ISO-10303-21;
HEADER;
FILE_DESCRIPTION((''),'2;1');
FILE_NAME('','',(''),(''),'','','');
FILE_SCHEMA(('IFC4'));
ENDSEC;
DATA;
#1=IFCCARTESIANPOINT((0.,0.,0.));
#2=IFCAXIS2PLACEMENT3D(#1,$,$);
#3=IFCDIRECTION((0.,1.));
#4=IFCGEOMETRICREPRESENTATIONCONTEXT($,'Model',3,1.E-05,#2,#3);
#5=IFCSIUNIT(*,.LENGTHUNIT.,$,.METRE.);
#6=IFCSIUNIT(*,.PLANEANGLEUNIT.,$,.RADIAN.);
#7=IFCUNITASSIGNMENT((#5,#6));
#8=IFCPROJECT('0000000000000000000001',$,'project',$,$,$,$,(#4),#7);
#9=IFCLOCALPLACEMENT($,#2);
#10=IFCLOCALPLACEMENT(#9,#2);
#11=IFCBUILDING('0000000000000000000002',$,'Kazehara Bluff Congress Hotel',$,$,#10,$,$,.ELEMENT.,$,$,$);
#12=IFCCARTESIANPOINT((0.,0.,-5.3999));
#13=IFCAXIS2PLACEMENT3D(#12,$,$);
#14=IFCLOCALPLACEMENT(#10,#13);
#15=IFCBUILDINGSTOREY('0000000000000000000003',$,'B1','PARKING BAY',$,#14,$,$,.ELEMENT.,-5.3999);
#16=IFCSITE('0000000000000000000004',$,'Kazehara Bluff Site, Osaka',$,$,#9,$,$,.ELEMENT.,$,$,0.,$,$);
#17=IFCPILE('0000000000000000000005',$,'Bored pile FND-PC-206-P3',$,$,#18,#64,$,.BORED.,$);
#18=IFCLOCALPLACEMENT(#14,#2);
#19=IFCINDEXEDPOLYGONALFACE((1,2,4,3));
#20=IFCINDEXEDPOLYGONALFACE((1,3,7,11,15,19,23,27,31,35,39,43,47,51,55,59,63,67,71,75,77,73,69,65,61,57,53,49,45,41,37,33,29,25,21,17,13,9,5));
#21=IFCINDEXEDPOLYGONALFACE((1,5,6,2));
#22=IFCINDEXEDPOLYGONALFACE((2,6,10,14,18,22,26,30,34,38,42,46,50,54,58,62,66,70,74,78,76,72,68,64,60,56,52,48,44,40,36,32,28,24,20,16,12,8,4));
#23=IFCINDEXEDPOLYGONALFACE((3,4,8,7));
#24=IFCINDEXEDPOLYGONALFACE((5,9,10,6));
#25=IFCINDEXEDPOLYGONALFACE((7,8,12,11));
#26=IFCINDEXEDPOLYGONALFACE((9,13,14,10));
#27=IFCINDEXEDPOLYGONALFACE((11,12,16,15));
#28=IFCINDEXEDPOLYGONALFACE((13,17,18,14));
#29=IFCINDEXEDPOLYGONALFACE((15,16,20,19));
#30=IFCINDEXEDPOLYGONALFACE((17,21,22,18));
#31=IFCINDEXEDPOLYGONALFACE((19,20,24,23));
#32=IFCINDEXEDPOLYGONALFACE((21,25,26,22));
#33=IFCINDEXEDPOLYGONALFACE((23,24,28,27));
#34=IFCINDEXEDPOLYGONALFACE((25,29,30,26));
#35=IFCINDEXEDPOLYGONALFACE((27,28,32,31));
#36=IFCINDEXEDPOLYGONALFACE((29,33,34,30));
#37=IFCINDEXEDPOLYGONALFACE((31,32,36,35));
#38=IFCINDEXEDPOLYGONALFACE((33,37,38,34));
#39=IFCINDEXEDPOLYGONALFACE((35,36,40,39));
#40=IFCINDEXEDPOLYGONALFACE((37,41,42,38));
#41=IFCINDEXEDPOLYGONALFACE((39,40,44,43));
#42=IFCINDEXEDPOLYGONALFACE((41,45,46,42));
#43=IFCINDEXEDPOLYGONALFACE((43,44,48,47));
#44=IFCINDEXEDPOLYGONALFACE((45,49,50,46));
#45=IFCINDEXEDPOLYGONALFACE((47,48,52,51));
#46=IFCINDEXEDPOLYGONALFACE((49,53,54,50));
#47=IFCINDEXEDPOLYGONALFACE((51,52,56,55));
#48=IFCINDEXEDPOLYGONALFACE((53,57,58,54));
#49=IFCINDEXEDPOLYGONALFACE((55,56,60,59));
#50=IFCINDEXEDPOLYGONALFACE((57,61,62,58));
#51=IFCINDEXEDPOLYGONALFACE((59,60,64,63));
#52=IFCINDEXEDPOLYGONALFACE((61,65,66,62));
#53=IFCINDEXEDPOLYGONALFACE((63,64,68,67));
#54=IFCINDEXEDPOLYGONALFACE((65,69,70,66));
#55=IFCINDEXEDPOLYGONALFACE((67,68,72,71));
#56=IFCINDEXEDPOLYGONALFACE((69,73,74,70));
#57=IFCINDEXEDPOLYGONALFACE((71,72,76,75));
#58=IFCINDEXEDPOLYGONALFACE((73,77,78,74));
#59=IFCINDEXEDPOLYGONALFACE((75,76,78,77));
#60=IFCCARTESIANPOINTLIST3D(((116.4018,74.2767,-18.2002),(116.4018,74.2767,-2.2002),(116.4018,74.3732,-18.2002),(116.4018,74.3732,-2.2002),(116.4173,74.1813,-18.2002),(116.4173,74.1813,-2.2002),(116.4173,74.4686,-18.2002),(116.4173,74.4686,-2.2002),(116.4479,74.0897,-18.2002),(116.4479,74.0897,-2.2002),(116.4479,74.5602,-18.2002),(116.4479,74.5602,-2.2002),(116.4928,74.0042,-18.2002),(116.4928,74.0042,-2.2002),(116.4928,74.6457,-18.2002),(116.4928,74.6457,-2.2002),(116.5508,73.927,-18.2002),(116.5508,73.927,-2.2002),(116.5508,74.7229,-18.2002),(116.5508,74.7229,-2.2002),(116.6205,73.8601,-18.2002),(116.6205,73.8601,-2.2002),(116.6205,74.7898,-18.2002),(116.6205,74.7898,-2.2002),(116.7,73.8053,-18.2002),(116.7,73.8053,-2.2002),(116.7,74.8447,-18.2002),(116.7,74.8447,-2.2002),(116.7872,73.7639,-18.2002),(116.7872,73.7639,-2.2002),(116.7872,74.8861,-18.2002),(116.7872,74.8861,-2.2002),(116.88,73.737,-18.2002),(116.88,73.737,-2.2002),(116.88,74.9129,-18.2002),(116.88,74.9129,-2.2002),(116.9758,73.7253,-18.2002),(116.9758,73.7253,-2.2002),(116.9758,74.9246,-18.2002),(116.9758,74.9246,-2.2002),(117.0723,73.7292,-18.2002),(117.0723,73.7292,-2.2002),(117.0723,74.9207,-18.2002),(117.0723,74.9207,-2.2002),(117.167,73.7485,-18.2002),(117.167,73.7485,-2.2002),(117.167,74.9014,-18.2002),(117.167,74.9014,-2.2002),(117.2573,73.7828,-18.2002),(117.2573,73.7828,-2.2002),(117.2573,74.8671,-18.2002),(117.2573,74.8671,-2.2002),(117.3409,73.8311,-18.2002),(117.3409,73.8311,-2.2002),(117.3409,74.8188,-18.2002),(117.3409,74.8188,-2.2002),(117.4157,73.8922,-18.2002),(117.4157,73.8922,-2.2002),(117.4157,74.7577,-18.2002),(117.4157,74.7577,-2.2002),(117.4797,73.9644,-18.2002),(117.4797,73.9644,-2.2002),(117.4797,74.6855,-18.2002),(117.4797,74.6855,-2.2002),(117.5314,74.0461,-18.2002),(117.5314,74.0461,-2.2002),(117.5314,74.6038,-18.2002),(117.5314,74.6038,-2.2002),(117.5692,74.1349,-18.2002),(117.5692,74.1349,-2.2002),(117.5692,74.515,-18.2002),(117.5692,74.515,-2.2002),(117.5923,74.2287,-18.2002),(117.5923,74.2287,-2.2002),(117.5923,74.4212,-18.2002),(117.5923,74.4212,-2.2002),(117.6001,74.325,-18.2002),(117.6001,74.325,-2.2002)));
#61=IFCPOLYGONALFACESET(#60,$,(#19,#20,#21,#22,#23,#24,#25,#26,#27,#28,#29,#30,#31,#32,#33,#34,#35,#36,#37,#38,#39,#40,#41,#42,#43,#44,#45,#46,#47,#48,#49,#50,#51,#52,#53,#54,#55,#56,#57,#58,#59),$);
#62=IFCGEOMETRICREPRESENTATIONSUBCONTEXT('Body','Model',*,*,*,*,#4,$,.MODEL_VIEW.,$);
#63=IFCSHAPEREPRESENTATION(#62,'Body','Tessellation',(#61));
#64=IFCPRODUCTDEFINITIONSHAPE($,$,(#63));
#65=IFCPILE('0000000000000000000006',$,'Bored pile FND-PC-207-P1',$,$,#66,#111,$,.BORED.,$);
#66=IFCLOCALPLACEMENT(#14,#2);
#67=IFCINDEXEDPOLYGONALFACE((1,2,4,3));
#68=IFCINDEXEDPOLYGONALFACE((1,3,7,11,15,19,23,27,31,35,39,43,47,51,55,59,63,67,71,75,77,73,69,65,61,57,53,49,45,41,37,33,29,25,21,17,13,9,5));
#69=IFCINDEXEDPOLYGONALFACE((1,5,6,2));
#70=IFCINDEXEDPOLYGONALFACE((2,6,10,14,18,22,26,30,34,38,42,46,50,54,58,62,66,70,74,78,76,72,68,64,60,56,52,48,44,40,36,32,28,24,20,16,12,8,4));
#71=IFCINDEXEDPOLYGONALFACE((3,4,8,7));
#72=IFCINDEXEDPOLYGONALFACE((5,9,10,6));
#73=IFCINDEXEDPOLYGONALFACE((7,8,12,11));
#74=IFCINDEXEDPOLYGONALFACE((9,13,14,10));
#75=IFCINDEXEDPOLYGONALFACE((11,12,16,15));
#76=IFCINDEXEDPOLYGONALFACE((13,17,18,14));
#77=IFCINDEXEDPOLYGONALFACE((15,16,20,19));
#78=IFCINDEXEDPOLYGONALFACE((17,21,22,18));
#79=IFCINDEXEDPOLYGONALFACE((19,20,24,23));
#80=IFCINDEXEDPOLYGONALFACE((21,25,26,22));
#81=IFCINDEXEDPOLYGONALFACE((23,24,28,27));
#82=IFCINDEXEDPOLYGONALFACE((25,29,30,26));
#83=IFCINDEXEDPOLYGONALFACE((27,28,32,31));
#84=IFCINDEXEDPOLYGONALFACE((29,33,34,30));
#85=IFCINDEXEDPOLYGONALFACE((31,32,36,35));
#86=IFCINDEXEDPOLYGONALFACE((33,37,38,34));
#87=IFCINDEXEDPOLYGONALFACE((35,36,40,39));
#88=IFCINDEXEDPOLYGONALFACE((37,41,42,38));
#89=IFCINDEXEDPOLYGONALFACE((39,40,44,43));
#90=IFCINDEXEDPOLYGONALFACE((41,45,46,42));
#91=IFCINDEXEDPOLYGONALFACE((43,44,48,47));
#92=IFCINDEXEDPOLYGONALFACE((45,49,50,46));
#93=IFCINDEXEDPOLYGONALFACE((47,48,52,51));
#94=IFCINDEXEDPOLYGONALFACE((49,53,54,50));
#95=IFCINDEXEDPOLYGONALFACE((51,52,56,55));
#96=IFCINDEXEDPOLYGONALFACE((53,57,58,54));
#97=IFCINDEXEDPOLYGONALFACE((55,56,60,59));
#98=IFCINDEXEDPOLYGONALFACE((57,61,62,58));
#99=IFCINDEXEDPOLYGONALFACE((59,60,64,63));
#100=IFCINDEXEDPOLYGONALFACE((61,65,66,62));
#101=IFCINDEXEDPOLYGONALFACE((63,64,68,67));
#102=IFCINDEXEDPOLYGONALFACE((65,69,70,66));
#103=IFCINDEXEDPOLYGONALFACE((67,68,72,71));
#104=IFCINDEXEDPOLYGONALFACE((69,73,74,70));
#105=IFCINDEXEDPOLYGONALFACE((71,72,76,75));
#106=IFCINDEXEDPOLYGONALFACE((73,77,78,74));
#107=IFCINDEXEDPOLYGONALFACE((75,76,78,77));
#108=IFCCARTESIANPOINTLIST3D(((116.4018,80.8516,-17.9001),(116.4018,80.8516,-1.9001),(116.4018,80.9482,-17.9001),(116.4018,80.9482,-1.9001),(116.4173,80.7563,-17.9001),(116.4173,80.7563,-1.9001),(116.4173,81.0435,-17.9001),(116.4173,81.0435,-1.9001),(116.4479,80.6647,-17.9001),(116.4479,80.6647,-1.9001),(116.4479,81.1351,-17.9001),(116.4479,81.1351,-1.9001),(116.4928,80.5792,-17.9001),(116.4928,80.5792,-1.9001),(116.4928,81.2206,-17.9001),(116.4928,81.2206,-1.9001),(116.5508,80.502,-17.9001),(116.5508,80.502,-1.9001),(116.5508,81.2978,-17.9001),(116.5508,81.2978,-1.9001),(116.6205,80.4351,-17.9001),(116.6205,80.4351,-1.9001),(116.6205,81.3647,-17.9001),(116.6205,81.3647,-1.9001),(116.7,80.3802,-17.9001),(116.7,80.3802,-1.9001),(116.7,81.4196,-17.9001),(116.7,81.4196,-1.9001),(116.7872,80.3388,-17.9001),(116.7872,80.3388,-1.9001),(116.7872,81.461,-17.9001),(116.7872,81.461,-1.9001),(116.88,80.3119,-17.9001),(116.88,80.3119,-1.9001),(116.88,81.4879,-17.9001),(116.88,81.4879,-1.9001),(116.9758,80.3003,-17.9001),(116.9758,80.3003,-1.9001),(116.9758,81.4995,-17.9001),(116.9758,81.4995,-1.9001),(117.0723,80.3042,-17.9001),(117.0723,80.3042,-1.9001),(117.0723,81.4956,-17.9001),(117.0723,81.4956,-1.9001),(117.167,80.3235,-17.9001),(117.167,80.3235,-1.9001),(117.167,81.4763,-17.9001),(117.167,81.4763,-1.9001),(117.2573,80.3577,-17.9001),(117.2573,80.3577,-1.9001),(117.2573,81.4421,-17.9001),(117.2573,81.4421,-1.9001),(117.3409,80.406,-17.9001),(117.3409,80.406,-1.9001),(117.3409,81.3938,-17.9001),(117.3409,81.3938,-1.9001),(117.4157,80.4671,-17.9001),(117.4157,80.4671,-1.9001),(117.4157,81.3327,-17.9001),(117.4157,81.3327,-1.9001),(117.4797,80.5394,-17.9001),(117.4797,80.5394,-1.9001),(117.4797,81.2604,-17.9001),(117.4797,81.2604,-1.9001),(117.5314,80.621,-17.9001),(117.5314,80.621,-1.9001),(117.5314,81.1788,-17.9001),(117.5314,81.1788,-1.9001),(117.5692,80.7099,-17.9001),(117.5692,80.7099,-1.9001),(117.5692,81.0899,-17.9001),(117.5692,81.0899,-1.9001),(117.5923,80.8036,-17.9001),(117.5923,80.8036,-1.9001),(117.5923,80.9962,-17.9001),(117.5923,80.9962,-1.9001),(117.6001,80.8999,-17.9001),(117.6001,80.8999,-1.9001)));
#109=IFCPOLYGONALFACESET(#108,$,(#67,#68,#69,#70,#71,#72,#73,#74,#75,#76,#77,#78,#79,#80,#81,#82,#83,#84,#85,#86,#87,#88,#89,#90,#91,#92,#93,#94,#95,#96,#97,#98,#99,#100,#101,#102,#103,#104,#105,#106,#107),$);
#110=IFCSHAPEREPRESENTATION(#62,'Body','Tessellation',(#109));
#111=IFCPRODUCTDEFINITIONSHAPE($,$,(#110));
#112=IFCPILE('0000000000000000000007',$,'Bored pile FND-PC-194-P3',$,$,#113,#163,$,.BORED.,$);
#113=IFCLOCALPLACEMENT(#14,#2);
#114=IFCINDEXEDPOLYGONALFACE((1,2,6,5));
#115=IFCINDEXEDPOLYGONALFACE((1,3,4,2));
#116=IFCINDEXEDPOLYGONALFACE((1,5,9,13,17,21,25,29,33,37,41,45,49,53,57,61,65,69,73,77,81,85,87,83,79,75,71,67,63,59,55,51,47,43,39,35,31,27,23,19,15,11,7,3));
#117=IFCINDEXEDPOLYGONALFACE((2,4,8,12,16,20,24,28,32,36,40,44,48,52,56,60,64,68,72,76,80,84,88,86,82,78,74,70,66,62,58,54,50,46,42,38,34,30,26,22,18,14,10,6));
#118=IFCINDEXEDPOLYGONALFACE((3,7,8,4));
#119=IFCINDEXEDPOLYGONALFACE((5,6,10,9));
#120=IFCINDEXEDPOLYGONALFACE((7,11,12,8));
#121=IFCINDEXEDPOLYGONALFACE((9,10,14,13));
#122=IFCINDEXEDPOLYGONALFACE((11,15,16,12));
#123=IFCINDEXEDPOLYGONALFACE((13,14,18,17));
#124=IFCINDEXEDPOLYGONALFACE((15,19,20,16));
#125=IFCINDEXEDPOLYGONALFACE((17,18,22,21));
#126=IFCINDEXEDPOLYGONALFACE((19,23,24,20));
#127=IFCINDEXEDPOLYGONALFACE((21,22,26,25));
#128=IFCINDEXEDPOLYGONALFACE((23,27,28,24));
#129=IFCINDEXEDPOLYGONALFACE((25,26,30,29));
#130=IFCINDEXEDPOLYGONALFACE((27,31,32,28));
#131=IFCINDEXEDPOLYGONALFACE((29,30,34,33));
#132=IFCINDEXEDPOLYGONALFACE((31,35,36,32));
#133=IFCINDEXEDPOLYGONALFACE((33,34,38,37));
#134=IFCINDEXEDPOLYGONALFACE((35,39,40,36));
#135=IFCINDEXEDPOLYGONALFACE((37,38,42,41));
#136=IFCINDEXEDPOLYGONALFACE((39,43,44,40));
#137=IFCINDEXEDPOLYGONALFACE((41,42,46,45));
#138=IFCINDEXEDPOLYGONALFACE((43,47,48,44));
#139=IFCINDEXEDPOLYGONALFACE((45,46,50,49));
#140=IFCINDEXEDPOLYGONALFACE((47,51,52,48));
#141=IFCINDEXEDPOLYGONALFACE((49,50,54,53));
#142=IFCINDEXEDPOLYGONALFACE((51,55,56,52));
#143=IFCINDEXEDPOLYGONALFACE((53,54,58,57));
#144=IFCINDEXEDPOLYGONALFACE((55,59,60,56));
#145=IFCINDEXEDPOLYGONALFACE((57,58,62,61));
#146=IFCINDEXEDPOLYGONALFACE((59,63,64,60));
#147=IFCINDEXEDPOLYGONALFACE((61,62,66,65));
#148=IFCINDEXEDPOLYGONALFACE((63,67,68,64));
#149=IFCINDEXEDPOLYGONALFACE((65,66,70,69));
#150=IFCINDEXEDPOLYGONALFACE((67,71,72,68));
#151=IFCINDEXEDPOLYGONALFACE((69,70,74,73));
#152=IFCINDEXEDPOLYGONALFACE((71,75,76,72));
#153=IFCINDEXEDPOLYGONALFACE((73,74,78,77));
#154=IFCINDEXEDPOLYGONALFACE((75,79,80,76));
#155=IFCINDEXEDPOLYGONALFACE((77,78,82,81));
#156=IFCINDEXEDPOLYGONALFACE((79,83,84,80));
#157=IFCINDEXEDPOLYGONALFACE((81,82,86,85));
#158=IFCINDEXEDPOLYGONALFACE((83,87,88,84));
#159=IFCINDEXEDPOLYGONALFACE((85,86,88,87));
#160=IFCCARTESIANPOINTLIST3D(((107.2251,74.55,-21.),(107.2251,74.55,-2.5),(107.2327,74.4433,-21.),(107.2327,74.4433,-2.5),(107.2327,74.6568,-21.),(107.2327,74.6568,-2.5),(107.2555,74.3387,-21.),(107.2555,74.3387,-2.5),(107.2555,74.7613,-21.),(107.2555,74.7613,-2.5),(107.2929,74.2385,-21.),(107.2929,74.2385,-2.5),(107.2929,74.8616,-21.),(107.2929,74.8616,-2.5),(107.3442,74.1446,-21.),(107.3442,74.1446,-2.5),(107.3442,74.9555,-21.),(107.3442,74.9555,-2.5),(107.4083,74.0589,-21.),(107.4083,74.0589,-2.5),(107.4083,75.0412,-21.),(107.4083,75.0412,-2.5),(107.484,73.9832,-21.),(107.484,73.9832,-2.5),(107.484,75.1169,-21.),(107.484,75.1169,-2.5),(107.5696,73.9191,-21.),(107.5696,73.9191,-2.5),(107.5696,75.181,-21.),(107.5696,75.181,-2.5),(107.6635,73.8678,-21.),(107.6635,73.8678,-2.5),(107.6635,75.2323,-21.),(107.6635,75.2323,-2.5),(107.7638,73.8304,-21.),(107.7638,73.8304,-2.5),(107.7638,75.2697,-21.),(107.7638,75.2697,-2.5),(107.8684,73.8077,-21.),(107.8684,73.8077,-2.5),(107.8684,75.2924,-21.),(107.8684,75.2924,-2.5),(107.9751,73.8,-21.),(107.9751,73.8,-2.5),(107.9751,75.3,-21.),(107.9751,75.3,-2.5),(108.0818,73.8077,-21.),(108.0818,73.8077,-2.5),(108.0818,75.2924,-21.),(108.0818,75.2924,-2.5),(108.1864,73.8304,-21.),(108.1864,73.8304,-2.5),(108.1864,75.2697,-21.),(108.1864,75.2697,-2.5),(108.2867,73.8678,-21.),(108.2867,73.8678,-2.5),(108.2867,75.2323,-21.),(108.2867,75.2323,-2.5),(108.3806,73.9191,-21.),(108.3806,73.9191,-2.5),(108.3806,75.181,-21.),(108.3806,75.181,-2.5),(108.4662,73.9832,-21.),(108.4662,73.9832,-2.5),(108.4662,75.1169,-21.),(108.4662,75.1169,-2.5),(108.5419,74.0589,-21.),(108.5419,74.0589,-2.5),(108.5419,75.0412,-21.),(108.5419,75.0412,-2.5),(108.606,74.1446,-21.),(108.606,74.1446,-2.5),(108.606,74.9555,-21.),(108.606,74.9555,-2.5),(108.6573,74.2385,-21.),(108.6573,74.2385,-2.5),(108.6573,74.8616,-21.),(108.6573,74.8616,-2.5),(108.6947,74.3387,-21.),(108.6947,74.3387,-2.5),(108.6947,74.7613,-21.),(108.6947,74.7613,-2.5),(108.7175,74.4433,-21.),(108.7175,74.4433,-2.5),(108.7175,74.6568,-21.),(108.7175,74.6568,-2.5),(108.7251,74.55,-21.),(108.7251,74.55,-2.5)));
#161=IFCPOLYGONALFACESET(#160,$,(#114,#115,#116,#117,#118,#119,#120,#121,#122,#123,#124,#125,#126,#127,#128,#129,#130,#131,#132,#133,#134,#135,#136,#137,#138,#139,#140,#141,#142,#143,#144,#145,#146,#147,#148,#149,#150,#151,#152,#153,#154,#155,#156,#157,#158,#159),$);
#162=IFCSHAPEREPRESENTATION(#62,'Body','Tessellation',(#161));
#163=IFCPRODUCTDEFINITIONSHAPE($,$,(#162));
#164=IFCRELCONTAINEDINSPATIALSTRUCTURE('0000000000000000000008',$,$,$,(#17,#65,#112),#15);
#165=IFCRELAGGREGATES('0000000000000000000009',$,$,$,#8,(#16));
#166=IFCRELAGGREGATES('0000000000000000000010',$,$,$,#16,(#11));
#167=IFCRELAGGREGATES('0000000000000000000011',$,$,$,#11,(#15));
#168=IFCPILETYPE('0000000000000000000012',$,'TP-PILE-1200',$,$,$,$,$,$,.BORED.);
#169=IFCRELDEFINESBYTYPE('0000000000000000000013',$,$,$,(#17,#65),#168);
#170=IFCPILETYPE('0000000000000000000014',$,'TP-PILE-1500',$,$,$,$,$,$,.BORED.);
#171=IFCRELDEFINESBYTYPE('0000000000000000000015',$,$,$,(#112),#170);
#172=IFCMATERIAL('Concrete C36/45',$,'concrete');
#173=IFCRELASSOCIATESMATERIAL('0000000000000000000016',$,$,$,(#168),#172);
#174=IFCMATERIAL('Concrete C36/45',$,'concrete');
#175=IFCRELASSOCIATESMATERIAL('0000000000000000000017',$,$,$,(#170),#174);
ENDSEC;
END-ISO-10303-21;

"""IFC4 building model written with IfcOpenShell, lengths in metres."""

from ifc_helpers import new_model, si_unit, direction, frame, origin, origin_2d, place, context, subcontext, project, spatial, circle, extrude, material, material_profile, profile_set, type_object, element, save


model = new_model("IFC4")

# Units and contexts
model_context = context("Model", 3, precision=1e-05, world=origin(), true_north=direction((0.0, 1.0)))
body_context = subcontext(model_context, "Body", "Model", "MODEL_VIEW")
ifc_project = project(units=[si_unit("LENGTHUNIT", "METRE"), si_unit("PLANEANGLEUNIT", "RADIAN")], contexts=[model_context])

# Site, building, storey
site_placement = place(None, origin())
site = spatial("IfcSite", under=ifc_project, at=site_placement, Name="Kazehara Bluff Site, Osaka", CompositionType="ELEMENT", RefElevation=0.0)
building_placement = place(site_placement, origin())
building = spatial("IfcBuilding", under=site, at=building_placement, Name="Kazehara Bluff Congress Hotel", CompositionType="ELEMENT")
storey_placement = place(building_placement, frame((0.0, 0.0, -5.3999)))
storey = spatial("IfcBuildingStorey", under=building, at=storey_placement, Name="B1", Description="PARKING BAY", CompositionType="ELEMENT", Elevation=-5.3999)

# Piles
ifc_material_1 = material(Name="Concrete C36/45", Category="concrete")
ifc_material_profile_1 = material_profile(ifc_material_1, circle(Radius=0.6001, at=origin_2d()))
ifc_profile_set_1 = profile_set([ifc_material_profile_1], Name="Concrete C36/45")
pile_type_1 = type_object("IfcPileType", Name="TP-PILE-1200", PredefinedType="BORED", material=ifc_profile_set_1)
for number, where, z_axis, x_axis, name in (
    (1, (117.0, 74.325, -2.2002), (0.0, 0.0, -1.0), (1.0, 0.0, 0.0), "Bored pile FND-PC-206-P3"),
    (2, (117.0, 80.8999, -1.9001), (0.0, 0.0, -1.0), (1.0, 0.0, 0.0), "Bored pile FND-PC-207-P1"),
):
    element("IfcPile", number, at=place(storey_placement, frame(where, z_axis=z_axis, x_axis=x_axis)), inside=storey, type_object=pile_type_1, Name=name, PredefinedType="BORED", context=body_context, shape_type="SweptSolid", body=[
        extrude(circle(Radius=0.6001, at=origin_2d()), origin(), (0.0, 0.0, 1.0), 16.0),
    ])
ifc_material_2 = material(Name="Concrete C36/45", Category="concrete")
ifc_material_profile_2 = material_profile(ifc_material_2, circle(Radius=0.75, at=origin_2d()))
ifc_profile_set_2 = profile_set([ifc_material_profile_2], Name="Concrete C36/45")
pile_type_2 = type_object("IfcPileType", Name="TP-PILE-1500", PredefinedType="BORED", material=ifc_profile_set_2)
for number, where, z_axis, x_axis, name in (
    (3, (107.9751, 74.55, -2.5), (0.0, 0.0, -1.0), (1.0, 0.0, 0.0), "Bored pile FND-PC-194-P3"),
):
    element("IfcPile", number, at=place(storey_placement, frame(where, z_axis=z_axis, x_axis=x_axis)), inside=storey, type_object=pile_type_2, Name=name, PredefinedType="BORED", context=body_context, shape_type="SweptSolid", body=[
        extrude(circle(Radius=0.75, at=origin_2d()), origin(), (0.0, 0.0, 1.0), 18.5),
    ])

save(model, "model.ifc")
